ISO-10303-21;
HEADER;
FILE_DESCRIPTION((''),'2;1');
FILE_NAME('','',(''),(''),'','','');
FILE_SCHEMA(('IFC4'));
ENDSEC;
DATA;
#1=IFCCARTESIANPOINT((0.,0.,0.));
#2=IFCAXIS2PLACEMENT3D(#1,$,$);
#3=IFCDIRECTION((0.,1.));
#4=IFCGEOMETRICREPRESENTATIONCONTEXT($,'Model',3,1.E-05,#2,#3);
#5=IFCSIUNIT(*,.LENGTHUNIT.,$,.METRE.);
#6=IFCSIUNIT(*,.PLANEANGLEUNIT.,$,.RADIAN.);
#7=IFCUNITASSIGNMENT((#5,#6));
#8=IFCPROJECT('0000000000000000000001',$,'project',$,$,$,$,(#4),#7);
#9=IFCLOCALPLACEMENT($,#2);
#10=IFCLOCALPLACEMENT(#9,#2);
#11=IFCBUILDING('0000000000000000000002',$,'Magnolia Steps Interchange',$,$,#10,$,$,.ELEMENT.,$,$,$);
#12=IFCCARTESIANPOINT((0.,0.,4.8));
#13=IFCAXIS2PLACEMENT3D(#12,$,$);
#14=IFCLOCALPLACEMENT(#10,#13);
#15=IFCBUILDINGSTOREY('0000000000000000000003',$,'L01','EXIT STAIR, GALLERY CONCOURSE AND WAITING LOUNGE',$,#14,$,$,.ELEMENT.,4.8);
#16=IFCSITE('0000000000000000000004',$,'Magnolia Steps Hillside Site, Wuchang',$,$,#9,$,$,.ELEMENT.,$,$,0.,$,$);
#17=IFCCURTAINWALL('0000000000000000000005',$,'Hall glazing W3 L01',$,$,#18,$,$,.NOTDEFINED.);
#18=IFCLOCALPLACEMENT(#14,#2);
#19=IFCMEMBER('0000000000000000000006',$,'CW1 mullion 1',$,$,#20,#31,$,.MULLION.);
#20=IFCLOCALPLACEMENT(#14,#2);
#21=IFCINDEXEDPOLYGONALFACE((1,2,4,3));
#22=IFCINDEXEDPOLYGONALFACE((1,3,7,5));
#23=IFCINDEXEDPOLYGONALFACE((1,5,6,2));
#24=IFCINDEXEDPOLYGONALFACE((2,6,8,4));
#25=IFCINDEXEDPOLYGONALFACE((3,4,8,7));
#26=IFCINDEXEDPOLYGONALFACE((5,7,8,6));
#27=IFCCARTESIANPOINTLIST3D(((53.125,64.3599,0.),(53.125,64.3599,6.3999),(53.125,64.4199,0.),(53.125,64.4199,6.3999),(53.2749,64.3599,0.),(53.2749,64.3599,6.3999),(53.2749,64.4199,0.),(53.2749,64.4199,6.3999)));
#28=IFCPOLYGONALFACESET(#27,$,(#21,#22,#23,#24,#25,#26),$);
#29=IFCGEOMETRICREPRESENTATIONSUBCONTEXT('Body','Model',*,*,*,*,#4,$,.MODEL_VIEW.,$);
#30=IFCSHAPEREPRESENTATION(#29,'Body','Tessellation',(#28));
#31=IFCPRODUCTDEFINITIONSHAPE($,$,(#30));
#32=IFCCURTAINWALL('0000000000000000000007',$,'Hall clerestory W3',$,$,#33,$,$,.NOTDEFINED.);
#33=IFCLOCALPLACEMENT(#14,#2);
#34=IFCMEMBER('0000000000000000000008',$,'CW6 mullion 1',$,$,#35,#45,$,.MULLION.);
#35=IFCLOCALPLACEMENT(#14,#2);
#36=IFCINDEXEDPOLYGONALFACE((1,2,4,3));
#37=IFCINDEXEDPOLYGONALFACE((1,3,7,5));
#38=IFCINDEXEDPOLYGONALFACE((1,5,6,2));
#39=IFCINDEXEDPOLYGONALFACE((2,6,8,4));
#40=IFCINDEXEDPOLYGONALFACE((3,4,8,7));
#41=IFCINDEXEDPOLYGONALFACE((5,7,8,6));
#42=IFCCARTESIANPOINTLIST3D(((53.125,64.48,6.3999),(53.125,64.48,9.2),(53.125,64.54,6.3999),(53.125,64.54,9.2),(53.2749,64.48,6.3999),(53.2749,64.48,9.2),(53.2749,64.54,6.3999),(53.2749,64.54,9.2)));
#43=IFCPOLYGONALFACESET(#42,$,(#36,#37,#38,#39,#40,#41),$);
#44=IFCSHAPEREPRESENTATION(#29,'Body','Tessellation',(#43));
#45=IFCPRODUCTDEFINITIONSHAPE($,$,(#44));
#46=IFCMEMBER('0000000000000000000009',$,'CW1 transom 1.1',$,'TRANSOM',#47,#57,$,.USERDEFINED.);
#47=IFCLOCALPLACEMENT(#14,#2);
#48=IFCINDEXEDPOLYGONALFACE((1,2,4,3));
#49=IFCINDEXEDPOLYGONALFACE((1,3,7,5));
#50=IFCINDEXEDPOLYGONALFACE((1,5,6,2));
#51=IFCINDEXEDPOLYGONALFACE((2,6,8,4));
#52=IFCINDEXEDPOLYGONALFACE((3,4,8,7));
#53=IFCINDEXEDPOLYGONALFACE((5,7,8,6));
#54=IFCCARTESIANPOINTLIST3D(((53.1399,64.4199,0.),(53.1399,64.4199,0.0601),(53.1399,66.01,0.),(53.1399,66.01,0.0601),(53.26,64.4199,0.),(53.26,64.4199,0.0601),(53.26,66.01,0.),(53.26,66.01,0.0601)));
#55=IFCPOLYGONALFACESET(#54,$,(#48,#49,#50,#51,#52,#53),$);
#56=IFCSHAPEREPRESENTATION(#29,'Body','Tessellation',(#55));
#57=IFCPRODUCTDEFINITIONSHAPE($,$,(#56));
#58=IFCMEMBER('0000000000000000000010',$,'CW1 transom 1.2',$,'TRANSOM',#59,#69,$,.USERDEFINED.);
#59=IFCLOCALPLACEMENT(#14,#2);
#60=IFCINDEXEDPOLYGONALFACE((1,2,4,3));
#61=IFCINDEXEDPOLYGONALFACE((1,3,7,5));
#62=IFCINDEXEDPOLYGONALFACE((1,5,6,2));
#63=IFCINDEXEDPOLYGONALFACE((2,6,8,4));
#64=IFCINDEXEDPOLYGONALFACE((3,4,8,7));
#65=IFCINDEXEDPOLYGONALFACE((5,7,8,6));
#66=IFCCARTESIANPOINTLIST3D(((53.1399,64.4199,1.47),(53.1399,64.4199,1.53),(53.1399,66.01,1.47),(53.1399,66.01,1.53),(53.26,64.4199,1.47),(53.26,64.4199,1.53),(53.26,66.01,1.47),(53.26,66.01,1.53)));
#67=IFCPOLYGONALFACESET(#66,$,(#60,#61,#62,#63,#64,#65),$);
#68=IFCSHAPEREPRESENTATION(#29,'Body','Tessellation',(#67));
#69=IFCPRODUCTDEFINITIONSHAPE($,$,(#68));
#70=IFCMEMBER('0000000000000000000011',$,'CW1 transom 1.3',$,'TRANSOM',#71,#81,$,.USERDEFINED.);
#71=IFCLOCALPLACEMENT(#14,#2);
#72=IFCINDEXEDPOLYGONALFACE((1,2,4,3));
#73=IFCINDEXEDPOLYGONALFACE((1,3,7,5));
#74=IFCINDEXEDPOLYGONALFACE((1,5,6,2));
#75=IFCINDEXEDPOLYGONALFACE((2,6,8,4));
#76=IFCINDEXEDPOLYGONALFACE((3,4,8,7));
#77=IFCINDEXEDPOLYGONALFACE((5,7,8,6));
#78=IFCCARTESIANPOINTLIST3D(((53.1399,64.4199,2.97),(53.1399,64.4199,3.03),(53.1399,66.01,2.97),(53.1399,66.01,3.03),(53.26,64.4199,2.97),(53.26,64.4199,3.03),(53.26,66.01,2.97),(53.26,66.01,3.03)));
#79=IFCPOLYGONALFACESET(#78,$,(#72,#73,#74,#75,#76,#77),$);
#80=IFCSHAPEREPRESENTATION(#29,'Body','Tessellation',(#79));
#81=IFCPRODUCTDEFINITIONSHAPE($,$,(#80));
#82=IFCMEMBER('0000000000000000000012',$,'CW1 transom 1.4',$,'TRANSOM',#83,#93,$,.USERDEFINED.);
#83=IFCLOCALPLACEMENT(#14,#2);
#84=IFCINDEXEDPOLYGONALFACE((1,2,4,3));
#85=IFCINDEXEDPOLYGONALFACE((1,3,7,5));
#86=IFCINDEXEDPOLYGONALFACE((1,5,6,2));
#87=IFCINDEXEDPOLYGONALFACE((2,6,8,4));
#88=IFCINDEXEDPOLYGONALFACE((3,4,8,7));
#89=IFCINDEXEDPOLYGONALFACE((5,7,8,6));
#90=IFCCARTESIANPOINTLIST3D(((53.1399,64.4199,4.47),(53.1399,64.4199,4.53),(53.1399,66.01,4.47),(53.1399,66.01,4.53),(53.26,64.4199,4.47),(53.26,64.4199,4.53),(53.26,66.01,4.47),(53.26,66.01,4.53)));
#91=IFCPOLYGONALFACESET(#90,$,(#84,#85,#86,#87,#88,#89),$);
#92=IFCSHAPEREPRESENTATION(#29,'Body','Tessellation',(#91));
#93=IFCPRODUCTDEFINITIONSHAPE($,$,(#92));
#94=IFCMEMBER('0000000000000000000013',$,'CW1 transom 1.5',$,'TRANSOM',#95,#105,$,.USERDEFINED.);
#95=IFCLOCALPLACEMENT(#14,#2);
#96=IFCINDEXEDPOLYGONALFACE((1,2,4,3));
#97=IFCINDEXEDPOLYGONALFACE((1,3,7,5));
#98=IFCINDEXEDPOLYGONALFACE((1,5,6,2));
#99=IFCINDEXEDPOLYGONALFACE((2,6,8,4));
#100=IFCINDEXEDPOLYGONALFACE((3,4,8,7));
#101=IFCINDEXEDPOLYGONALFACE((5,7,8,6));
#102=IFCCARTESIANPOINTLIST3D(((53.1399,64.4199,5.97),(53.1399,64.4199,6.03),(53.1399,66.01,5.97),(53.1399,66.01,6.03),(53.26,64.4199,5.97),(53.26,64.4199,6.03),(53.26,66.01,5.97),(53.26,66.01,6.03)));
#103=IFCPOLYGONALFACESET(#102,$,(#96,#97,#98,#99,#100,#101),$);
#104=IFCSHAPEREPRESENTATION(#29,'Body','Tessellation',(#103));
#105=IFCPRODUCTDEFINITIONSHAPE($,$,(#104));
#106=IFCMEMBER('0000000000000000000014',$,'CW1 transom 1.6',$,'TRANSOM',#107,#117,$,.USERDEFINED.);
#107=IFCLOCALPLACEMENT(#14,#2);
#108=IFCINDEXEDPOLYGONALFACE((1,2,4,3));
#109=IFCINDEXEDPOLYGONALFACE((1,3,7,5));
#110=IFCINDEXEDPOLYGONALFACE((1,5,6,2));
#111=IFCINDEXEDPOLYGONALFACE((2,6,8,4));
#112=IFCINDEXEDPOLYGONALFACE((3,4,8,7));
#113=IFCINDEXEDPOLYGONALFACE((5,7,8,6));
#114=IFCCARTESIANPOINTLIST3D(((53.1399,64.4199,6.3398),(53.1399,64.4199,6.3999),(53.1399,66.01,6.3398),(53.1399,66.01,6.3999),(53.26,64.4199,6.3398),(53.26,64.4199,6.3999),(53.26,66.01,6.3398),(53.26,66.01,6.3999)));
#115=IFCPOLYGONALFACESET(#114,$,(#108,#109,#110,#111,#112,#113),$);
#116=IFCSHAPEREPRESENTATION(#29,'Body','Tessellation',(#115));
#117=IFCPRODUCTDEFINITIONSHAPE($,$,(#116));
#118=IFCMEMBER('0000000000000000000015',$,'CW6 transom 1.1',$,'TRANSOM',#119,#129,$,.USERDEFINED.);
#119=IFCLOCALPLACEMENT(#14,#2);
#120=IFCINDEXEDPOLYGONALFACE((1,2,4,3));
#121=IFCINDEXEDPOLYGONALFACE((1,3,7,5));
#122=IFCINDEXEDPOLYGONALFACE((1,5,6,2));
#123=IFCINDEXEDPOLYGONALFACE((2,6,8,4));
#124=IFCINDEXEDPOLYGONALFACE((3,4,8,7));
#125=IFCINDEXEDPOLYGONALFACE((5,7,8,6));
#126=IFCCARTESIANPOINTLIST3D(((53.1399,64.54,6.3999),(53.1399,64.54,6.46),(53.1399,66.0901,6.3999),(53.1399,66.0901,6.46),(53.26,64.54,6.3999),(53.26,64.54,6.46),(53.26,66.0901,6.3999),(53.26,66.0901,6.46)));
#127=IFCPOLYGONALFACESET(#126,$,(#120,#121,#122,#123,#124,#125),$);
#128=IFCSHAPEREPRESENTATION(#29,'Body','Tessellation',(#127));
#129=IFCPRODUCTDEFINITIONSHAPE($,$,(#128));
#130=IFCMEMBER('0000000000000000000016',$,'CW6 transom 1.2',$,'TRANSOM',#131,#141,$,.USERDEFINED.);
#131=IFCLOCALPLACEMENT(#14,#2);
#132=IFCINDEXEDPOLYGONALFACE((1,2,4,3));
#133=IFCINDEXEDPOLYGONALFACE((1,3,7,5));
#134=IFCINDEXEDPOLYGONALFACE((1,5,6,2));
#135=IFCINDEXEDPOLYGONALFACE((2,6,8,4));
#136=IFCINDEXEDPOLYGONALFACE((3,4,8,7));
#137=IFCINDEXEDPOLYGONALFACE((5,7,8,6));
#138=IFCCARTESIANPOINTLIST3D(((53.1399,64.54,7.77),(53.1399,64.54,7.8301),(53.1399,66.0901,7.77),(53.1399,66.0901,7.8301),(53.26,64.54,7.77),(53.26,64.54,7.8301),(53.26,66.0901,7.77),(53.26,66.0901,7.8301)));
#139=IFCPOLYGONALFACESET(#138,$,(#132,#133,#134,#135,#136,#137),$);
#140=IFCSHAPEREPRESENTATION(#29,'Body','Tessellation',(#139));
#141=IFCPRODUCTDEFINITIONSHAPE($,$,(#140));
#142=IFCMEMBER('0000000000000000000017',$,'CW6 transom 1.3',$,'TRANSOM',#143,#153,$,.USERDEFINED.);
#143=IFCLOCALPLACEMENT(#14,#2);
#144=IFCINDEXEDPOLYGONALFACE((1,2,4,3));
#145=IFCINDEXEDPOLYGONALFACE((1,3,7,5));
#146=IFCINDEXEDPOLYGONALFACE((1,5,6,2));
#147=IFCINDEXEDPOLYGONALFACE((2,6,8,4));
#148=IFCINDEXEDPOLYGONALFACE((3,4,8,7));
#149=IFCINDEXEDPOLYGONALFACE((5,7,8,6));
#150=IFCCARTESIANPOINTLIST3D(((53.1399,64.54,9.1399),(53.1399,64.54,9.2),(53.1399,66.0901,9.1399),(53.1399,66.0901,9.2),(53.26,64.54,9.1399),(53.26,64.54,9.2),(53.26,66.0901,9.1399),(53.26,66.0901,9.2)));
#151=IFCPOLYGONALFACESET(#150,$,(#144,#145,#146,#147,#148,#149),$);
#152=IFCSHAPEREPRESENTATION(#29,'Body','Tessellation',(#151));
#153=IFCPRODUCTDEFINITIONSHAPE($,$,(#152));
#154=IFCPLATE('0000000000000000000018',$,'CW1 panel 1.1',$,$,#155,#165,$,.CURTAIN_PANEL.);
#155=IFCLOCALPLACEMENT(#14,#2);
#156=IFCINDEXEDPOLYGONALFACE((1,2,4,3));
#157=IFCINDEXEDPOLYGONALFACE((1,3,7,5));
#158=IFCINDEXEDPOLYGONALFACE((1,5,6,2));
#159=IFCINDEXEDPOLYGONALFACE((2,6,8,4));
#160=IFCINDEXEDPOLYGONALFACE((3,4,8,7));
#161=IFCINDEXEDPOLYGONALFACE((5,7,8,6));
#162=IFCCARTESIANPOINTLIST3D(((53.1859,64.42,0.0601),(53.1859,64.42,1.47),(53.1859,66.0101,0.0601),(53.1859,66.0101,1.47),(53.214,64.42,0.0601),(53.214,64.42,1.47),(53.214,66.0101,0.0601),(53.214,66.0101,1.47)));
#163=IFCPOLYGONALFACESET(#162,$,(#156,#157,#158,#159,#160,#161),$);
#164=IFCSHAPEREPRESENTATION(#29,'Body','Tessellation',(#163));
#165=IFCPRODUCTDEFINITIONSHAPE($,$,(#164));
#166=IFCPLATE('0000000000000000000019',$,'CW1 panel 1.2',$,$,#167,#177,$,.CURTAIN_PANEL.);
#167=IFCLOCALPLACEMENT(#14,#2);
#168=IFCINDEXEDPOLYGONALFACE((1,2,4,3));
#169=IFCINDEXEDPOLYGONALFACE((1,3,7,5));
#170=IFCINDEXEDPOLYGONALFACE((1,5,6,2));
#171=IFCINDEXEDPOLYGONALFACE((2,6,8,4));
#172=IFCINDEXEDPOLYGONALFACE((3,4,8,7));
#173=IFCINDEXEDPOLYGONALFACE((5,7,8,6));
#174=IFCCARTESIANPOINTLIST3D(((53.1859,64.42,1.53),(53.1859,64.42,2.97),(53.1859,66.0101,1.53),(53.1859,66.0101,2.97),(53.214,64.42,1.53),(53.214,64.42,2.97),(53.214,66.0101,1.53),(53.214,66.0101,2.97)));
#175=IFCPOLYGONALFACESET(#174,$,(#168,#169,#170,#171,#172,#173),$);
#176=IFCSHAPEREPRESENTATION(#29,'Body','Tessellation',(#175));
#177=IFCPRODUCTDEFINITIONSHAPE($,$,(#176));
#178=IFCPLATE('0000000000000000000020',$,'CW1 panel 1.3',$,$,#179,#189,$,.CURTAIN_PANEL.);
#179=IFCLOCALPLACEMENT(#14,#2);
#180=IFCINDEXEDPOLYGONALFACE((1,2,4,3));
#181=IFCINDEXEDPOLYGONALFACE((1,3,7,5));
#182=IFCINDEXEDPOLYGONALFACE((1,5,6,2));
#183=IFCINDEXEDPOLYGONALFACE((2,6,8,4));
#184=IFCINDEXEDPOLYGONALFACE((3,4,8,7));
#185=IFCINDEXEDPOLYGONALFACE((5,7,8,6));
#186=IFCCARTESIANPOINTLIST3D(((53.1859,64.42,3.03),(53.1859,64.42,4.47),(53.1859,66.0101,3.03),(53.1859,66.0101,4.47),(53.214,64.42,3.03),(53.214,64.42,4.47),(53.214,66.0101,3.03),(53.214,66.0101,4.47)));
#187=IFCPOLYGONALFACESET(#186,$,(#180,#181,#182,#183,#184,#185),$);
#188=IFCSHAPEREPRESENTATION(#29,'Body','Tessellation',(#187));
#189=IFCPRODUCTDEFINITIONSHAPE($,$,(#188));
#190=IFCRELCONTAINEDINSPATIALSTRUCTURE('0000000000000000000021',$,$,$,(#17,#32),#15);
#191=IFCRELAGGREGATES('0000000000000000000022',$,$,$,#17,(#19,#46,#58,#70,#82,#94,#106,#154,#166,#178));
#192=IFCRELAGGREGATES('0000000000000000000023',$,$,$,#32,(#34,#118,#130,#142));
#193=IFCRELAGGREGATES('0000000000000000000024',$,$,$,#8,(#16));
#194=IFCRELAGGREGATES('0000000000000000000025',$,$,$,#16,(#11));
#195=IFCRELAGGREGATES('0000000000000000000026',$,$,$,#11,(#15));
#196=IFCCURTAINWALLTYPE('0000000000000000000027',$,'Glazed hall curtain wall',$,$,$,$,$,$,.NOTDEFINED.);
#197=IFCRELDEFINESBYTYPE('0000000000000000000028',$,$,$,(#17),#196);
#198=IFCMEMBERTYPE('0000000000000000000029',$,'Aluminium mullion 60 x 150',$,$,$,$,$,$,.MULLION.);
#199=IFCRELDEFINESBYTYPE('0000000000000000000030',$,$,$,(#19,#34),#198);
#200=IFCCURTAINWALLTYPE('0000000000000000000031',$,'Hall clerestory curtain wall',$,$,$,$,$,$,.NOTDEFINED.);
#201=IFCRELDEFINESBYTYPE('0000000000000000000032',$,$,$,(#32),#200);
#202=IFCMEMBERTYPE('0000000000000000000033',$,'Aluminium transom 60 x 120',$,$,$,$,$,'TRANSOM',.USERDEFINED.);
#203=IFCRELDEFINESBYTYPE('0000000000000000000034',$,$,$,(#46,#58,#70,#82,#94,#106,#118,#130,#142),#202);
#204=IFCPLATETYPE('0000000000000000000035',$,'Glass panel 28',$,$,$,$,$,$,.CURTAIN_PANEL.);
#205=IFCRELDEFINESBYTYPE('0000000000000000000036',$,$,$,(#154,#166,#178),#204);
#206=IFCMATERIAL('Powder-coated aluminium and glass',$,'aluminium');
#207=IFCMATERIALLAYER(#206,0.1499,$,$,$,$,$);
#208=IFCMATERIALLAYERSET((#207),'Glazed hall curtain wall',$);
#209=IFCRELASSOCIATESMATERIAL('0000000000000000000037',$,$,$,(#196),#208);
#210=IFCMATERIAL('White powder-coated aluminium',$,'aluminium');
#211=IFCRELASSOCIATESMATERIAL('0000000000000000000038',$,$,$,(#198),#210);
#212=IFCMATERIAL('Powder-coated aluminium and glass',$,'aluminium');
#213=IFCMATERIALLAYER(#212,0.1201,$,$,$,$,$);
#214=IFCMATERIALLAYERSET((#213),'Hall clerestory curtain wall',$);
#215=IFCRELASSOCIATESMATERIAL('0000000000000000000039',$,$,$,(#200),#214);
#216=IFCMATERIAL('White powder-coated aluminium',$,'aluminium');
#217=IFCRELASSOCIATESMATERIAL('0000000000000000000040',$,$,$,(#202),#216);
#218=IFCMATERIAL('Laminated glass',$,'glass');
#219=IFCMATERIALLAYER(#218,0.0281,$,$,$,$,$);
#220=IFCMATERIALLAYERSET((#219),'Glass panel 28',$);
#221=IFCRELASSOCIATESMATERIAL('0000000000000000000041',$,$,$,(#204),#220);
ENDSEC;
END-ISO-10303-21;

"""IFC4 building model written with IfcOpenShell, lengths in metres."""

from ifc_helpers import new_model, si_unit, direction, frame, origin, origin_2d, place, context, subcontext, project, spatial, rectangle, extrude, material, layer, layer_set, material_profile, profile_set, type_object, element, aggregate, save


model = new_model("IFC4")

# Units and contexts
model_context = context("Model", 3, precision=1e-05, world=origin(), true_north=direction((0.0, 1.0)))
body_context = subcontext(model_context, "Body", "Model", "MODEL_VIEW")
ifc_project = project(units=[si_unit("LENGTHUNIT", "METRE"), si_unit("PLANEANGLEUNIT", "RADIAN")], contexts=[model_context])

# Site, building, storey
site_placement = place(None, origin())
site = spatial("IfcSite", under=ifc_project, at=site_placement, Name="Magnolia Steps Hillside Site, Wuchang", CompositionType="ELEMENT", RefElevation=0.0)
building_placement = place(site_placement, origin())
building = spatial("IfcBuilding", under=site, at=building_placement, Name="Magnolia Steps Interchange", CompositionType="ELEMENT")
storey_placement = place(building_placement, frame((0.0, 0.0, 4.8)))
storey = spatial("IfcBuildingStorey", under=building, at=storey_placement, Name="L01", Description="EXIT STAIR, GALLERY CONCOURSE AND WAITING LOUNGE", CompositionType="ELEMENT", Elevation=4.8)

# Curtain walls, members
ifc_material_1 = material(Name="Powder-coated aluminium and glass", Category="aluminium")
ifc_layer_1 = layer(ifc_material_1, 0.1499)
ifc_layer_set_1 = layer_set([ifc_layer_1], Name="Glazed hall curtain wall")
curtain_wall_type_1 = type_object("IfcCurtainWallType", Name="Glazed hall curtain wall", PredefinedType="NOTDEFINED", material=ifc_layer_set_1)
curtain_wall_1_placement = place(storey_placement, origin())
curtain_wall_1 = element("IfcCurtainWall", 1, at=curtain_wall_1_placement, inside=storey, type_object=curtain_wall_type_1, Name="Hall glazing W3 L01", PredefinedType="NOTDEFINED")
ifc_material_2 = material(Name="White powder-coated aluminium", Category="aluminium")
ifc_material_profile_1 = material_profile(ifc_material_2, rectangle(XDim=0.0601, YDim=0.1499, at=origin_2d()), Name="Aluminium mullion 60 x 150")
ifc_profile_set_1 = profile_set([ifc_material_profile_1], Name="White powder-coated aluminium")
member_type_1 = type_object("IfcMemberType", Name="Aluminium mullion 60 x 150", PredefinedType="MULLION", material=ifc_profile_set_1)
member_1_placement = place(storey_placement, frame((53.2, 64.3899, 0.0), z_axis=(0.0, 0.0, 1.0), x_axis=(0.0, 1.0, 0.0)))
member_1 = element("IfcMember", 2, at=member_1_placement, type_object=member_type_1, Name="CW1 mullion 1", PredefinedType="MULLION", context=body_context, shape_type="SweptSolid", body=[
    extrude(rectangle(XDim=0.0601, YDim=0.1499, at=origin_2d()), origin(), (0.0, 0.0, 1.0), 6.3999),
])
ifc_material_3 = material(Name="Powder-coated aluminium and glass", Category="aluminium")
ifc_layer_2 = layer(ifc_material_3, 0.1201)
ifc_layer_set_2 = layer_set([ifc_layer_2], Name="Hall clerestory curtain wall")
curtain_wall_type_2 = type_object("IfcCurtainWallType", Name="Hall clerestory curtain wall", PredefinedType="NOTDEFINED", material=ifc_layer_set_2)
curtain_wall_2_placement = place(storey_placement, origin())
curtain_wall_2 = element("IfcCurtainWall", 3, at=curtain_wall_2_placement, inside=storey, type_object=curtain_wall_type_2, Name="Hall clerestory W3", PredefinedType="NOTDEFINED")
member_2_placement = place(storey_placement, frame((53.2, 64.51, 6.3999), z_axis=(0.0, 0.0, 1.0), x_axis=(0.0, 1.0, 0.0)))
member_2 = element("IfcMember", 4, at=member_2_placement, type_object=member_type_1, Name="CW6 mullion 1", PredefinedType="MULLION", context=body_context, shape_type="SweptSolid", body=[
    extrude(rectangle(XDim=0.0601, YDim=0.1499, at=origin_2d()), origin(), (0.0, 0.0, 1.0), 2.8),
])

# Members
ifc_material_4 = material(Name="White powder-coated aluminium", Category="aluminium")
ifc_material_profile_2 = material_profile(ifc_material_4, rectangle(XDim=0.0601, YDim=0.1201, at=origin_2d()), Name="Aluminium transom 60 x 120")
ifc_profile_set_2 = profile_set([ifc_material_profile_2], Name="White powder-coated aluminium")
member_type_2 = type_object("IfcMemberType", Name="Aluminium transom 60 x 120", ElementType="TRANSOM", PredefinedType="USERDEFINED", material=ifc_profile_set_2)
member_3_placement = place(storey_placement, frame((53.2, 64.4199, 0.03), z_axis=(0.0, 1.0, 0.0), x_axis=(0.0, 0.0, 1.0)))
member_3 = element("IfcMember", 5, at=member_3_placement, type_object=member_type_2, Name="CW1 transom 1.1", ObjectType="TRANSOM", PredefinedType="USERDEFINED", context=body_context, shape_type="SweptSolid", body=[
    extrude(rectangle(XDim=0.0601, YDim=0.1201, at=origin_2d()), origin(), (0.0, 0.0, 1.0), 1.5901),
])
member_4_placement = place(storey_placement, frame((53.2, 64.4199, 1.5), z_axis=(0.0, 1.0, 0.0), x_axis=(0.0, 0.0, 1.0)))
member_4 = element("IfcMember", 6, at=member_4_placement, type_object=member_type_2, Name="CW1 transom 1.2", ObjectType="TRANSOM", PredefinedType="USERDEFINED", context=body_context, shape_type="SweptSolid", body=[
    extrude(rectangle(XDim=0.0601, YDim=0.1201, at=origin_2d()), origin(), (0.0, 0.0, 1.0), 1.5901),
])
member_5_placement = place(storey_placement, frame((53.2, 64.4199, 3.0), z_axis=(0.0, 1.0, 0.0), x_axis=(0.0, 0.0, 1.0)))
member_5 = element("IfcMember", 7, at=member_5_placement, type_object=member_type_2, Name="CW1 transom 1.3", ObjectType="TRANSOM", PredefinedType="USERDEFINED", context=body_context, shape_type="SweptSolid", body=[
    extrude(rectangle(XDim=0.0601, YDim=0.1201, at=origin_2d()), origin(), (0.0, 0.0, 1.0), 1.5901),
])
member_6_placement = place(storey_placement, frame((53.2, 64.4199, 4.5), z_axis=(0.0, 1.0, 0.0), x_axis=(0.0, 0.0, 1.0)))
member_6 = element("IfcMember", 8, at=member_6_placement, type_object=member_type_2, Name="CW1 transom 1.4", ObjectType="TRANSOM", PredefinedType="USERDEFINED", context=body_context, shape_type="SweptSolid", body=[
    extrude(rectangle(XDim=0.0601, YDim=0.1201, at=origin_2d()), origin(), (0.0, 0.0, 1.0), 1.5901),
])
member_7_placement = place(storey_placement, frame((53.2, 64.4199, 6.0), z_axis=(0.0, 1.0, 0.0), x_axis=(0.0, 0.0, 1.0)))
member_7 = element("IfcMember", 9, at=member_7_placement, type_object=member_type_2, Name="CW1 transom 1.5", ObjectType="TRANSOM", PredefinedType="USERDEFINED", context=body_context, shape_type="SweptSolid", body=[
    extrude(rectangle(XDim=0.0601, YDim=0.1201, at=origin_2d()), origin(), (0.0, 0.0, 1.0), 1.5901),
])
member_8_placement = place(storey_placement, frame((53.2, 64.4199, 6.3699), z_axis=(0.0, 1.0, 0.0), x_axis=(0.0, 0.0, 1.0)))
member_8 = element("IfcMember", 10, at=member_8_placement, type_object=member_type_2, Name="CW1 transom 1.6", ObjectType="TRANSOM", PredefinedType="USERDEFINED", context=body_context, shape_type="SweptSolid", body=[
    extrude(rectangle(XDim=0.0601, YDim=0.1201, at=origin_2d()), origin(), (0.0, 0.0, 1.0), 1.5901),
])
member_9_placement = place(storey_placement, frame((53.2, 64.54, 6.4299), z_axis=(0.0, 1.0, 0.0), x_axis=(0.0, 0.0, 1.0)))
member_9 = element("IfcMember", 11, at=member_9_placement, type_object=member_type_2, Name="CW6 transom 1.1", ObjectType="TRANSOM", PredefinedType="USERDEFINED", context=body_context, shape_type="SweptSolid", body=[
    extrude(rectangle(XDim=0.0601, YDim=0.1201, at=origin_2d()), origin(), (0.0, 0.0, 1.0), 1.55),
])
member_10_placement = place(storey_placement, frame((53.2, 64.54, 7.8), z_axis=(0.0, 1.0, 0.0), x_axis=(0.0, 0.0, 1.0)))
member_10 = element("IfcMember", 12, at=member_10_placement, type_object=member_type_2, Name="CW6 transom 1.2", ObjectType="TRANSOM", PredefinedType="USERDEFINED", context=body_context, shape_type="SweptSolid", body=[
    extrude(rectangle(XDim=0.0601, YDim=0.1201, at=origin_2d()), origin(), (0.0, 0.0, 1.0), 1.55),
])
member_11_placement = place(storey_placement, frame((53.2, 64.54, 9.1699), z_axis=(0.0, 1.0, 0.0), x_axis=(0.0, 0.0, 1.0)))
member_11 = element("IfcMember", 13, at=member_11_placement, type_object=member_type_2, Name="CW6 transom 1.3", ObjectType="TRANSOM", PredefinedType="USERDEFINED", context=body_context, shape_type="SweptSolid", body=[
    extrude(rectangle(XDim=0.0601, YDim=0.1201, at=origin_2d()), origin(), (0.0, 0.0, 1.0), 1.55),
])

# Plates
ifc_material_5 = material(Name="Laminated glass", Category="glass")
ifc_layer_3 = layer(ifc_material_5, 0.0281)
ifc_layer_set_3 = layer_set([ifc_layer_3], Name="Glass panel 28")
plate_type = type_object("IfcPlateType", Name="Glass panel 28", PredefinedType="CURTAIN_PANEL", material=ifc_layer_set_3)
plate_1_placement = place(storey_placement, frame((53.2, 65.2151, 0.0601), z_axis=(0.0, 0.0, 1.0), x_axis=(0.0, 1.0, 0.0)))
plate_1 = element("IfcPlate", 14, at=plate_1_placement, type_object=plate_type, Name="CW1 panel 1.1", PredefinedType="CURTAIN_PANEL", context=body_context, shape_type="SweptSolid", body=[
    extrude(rectangle(XDim=1.5901, YDim=0.0281, at=origin_2d()), origin(), (0.0, 0.0, 1.0), 1.4099),
])
plate_2_placement = place(storey_placement, frame((53.2, 65.2151, 1.53), z_axis=(0.0, 0.0, 1.0), x_axis=(0.0, 1.0, 0.0)))
plate_2 = element("IfcPlate", 15, at=plate_2_placement, type_object=plate_type, Name="CW1 panel 1.2", PredefinedType="CURTAIN_PANEL", context=body_context, shape_type="SweptSolid", body=[
    extrude(rectangle(XDim=1.5901, YDim=0.0281, at=origin_2d()), origin(), (0.0, 0.0, 1.0), 1.4399),
])
plate_3_placement = place(storey_placement, frame((53.2, 65.2151, 3.03), z_axis=(0.0, 0.0, 1.0), x_axis=(0.0, 1.0, 0.0)))
plate_3 = element("IfcPlate", 16, at=plate_3_placement, type_object=plate_type, Name="CW1 panel 1.3", PredefinedType="CURTAIN_PANEL", context=body_context, shape_type="SweptSolid", body=[
    extrude(rectangle(XDim=1.5901, YDim=0.0281, at=origin_2d()), origin(), (0.0, 0.0, 1.0), 1.4399),
])
aggregate(curtain_wall_1, [member_1, member_3, member_4, member_5, member_6, member_7, member_8, plate_1, plate_2, plate_3])
aggregate(curtain_wall_2, [member_2, member_9, member_10, member_11])

save(model, "model.ifc")
